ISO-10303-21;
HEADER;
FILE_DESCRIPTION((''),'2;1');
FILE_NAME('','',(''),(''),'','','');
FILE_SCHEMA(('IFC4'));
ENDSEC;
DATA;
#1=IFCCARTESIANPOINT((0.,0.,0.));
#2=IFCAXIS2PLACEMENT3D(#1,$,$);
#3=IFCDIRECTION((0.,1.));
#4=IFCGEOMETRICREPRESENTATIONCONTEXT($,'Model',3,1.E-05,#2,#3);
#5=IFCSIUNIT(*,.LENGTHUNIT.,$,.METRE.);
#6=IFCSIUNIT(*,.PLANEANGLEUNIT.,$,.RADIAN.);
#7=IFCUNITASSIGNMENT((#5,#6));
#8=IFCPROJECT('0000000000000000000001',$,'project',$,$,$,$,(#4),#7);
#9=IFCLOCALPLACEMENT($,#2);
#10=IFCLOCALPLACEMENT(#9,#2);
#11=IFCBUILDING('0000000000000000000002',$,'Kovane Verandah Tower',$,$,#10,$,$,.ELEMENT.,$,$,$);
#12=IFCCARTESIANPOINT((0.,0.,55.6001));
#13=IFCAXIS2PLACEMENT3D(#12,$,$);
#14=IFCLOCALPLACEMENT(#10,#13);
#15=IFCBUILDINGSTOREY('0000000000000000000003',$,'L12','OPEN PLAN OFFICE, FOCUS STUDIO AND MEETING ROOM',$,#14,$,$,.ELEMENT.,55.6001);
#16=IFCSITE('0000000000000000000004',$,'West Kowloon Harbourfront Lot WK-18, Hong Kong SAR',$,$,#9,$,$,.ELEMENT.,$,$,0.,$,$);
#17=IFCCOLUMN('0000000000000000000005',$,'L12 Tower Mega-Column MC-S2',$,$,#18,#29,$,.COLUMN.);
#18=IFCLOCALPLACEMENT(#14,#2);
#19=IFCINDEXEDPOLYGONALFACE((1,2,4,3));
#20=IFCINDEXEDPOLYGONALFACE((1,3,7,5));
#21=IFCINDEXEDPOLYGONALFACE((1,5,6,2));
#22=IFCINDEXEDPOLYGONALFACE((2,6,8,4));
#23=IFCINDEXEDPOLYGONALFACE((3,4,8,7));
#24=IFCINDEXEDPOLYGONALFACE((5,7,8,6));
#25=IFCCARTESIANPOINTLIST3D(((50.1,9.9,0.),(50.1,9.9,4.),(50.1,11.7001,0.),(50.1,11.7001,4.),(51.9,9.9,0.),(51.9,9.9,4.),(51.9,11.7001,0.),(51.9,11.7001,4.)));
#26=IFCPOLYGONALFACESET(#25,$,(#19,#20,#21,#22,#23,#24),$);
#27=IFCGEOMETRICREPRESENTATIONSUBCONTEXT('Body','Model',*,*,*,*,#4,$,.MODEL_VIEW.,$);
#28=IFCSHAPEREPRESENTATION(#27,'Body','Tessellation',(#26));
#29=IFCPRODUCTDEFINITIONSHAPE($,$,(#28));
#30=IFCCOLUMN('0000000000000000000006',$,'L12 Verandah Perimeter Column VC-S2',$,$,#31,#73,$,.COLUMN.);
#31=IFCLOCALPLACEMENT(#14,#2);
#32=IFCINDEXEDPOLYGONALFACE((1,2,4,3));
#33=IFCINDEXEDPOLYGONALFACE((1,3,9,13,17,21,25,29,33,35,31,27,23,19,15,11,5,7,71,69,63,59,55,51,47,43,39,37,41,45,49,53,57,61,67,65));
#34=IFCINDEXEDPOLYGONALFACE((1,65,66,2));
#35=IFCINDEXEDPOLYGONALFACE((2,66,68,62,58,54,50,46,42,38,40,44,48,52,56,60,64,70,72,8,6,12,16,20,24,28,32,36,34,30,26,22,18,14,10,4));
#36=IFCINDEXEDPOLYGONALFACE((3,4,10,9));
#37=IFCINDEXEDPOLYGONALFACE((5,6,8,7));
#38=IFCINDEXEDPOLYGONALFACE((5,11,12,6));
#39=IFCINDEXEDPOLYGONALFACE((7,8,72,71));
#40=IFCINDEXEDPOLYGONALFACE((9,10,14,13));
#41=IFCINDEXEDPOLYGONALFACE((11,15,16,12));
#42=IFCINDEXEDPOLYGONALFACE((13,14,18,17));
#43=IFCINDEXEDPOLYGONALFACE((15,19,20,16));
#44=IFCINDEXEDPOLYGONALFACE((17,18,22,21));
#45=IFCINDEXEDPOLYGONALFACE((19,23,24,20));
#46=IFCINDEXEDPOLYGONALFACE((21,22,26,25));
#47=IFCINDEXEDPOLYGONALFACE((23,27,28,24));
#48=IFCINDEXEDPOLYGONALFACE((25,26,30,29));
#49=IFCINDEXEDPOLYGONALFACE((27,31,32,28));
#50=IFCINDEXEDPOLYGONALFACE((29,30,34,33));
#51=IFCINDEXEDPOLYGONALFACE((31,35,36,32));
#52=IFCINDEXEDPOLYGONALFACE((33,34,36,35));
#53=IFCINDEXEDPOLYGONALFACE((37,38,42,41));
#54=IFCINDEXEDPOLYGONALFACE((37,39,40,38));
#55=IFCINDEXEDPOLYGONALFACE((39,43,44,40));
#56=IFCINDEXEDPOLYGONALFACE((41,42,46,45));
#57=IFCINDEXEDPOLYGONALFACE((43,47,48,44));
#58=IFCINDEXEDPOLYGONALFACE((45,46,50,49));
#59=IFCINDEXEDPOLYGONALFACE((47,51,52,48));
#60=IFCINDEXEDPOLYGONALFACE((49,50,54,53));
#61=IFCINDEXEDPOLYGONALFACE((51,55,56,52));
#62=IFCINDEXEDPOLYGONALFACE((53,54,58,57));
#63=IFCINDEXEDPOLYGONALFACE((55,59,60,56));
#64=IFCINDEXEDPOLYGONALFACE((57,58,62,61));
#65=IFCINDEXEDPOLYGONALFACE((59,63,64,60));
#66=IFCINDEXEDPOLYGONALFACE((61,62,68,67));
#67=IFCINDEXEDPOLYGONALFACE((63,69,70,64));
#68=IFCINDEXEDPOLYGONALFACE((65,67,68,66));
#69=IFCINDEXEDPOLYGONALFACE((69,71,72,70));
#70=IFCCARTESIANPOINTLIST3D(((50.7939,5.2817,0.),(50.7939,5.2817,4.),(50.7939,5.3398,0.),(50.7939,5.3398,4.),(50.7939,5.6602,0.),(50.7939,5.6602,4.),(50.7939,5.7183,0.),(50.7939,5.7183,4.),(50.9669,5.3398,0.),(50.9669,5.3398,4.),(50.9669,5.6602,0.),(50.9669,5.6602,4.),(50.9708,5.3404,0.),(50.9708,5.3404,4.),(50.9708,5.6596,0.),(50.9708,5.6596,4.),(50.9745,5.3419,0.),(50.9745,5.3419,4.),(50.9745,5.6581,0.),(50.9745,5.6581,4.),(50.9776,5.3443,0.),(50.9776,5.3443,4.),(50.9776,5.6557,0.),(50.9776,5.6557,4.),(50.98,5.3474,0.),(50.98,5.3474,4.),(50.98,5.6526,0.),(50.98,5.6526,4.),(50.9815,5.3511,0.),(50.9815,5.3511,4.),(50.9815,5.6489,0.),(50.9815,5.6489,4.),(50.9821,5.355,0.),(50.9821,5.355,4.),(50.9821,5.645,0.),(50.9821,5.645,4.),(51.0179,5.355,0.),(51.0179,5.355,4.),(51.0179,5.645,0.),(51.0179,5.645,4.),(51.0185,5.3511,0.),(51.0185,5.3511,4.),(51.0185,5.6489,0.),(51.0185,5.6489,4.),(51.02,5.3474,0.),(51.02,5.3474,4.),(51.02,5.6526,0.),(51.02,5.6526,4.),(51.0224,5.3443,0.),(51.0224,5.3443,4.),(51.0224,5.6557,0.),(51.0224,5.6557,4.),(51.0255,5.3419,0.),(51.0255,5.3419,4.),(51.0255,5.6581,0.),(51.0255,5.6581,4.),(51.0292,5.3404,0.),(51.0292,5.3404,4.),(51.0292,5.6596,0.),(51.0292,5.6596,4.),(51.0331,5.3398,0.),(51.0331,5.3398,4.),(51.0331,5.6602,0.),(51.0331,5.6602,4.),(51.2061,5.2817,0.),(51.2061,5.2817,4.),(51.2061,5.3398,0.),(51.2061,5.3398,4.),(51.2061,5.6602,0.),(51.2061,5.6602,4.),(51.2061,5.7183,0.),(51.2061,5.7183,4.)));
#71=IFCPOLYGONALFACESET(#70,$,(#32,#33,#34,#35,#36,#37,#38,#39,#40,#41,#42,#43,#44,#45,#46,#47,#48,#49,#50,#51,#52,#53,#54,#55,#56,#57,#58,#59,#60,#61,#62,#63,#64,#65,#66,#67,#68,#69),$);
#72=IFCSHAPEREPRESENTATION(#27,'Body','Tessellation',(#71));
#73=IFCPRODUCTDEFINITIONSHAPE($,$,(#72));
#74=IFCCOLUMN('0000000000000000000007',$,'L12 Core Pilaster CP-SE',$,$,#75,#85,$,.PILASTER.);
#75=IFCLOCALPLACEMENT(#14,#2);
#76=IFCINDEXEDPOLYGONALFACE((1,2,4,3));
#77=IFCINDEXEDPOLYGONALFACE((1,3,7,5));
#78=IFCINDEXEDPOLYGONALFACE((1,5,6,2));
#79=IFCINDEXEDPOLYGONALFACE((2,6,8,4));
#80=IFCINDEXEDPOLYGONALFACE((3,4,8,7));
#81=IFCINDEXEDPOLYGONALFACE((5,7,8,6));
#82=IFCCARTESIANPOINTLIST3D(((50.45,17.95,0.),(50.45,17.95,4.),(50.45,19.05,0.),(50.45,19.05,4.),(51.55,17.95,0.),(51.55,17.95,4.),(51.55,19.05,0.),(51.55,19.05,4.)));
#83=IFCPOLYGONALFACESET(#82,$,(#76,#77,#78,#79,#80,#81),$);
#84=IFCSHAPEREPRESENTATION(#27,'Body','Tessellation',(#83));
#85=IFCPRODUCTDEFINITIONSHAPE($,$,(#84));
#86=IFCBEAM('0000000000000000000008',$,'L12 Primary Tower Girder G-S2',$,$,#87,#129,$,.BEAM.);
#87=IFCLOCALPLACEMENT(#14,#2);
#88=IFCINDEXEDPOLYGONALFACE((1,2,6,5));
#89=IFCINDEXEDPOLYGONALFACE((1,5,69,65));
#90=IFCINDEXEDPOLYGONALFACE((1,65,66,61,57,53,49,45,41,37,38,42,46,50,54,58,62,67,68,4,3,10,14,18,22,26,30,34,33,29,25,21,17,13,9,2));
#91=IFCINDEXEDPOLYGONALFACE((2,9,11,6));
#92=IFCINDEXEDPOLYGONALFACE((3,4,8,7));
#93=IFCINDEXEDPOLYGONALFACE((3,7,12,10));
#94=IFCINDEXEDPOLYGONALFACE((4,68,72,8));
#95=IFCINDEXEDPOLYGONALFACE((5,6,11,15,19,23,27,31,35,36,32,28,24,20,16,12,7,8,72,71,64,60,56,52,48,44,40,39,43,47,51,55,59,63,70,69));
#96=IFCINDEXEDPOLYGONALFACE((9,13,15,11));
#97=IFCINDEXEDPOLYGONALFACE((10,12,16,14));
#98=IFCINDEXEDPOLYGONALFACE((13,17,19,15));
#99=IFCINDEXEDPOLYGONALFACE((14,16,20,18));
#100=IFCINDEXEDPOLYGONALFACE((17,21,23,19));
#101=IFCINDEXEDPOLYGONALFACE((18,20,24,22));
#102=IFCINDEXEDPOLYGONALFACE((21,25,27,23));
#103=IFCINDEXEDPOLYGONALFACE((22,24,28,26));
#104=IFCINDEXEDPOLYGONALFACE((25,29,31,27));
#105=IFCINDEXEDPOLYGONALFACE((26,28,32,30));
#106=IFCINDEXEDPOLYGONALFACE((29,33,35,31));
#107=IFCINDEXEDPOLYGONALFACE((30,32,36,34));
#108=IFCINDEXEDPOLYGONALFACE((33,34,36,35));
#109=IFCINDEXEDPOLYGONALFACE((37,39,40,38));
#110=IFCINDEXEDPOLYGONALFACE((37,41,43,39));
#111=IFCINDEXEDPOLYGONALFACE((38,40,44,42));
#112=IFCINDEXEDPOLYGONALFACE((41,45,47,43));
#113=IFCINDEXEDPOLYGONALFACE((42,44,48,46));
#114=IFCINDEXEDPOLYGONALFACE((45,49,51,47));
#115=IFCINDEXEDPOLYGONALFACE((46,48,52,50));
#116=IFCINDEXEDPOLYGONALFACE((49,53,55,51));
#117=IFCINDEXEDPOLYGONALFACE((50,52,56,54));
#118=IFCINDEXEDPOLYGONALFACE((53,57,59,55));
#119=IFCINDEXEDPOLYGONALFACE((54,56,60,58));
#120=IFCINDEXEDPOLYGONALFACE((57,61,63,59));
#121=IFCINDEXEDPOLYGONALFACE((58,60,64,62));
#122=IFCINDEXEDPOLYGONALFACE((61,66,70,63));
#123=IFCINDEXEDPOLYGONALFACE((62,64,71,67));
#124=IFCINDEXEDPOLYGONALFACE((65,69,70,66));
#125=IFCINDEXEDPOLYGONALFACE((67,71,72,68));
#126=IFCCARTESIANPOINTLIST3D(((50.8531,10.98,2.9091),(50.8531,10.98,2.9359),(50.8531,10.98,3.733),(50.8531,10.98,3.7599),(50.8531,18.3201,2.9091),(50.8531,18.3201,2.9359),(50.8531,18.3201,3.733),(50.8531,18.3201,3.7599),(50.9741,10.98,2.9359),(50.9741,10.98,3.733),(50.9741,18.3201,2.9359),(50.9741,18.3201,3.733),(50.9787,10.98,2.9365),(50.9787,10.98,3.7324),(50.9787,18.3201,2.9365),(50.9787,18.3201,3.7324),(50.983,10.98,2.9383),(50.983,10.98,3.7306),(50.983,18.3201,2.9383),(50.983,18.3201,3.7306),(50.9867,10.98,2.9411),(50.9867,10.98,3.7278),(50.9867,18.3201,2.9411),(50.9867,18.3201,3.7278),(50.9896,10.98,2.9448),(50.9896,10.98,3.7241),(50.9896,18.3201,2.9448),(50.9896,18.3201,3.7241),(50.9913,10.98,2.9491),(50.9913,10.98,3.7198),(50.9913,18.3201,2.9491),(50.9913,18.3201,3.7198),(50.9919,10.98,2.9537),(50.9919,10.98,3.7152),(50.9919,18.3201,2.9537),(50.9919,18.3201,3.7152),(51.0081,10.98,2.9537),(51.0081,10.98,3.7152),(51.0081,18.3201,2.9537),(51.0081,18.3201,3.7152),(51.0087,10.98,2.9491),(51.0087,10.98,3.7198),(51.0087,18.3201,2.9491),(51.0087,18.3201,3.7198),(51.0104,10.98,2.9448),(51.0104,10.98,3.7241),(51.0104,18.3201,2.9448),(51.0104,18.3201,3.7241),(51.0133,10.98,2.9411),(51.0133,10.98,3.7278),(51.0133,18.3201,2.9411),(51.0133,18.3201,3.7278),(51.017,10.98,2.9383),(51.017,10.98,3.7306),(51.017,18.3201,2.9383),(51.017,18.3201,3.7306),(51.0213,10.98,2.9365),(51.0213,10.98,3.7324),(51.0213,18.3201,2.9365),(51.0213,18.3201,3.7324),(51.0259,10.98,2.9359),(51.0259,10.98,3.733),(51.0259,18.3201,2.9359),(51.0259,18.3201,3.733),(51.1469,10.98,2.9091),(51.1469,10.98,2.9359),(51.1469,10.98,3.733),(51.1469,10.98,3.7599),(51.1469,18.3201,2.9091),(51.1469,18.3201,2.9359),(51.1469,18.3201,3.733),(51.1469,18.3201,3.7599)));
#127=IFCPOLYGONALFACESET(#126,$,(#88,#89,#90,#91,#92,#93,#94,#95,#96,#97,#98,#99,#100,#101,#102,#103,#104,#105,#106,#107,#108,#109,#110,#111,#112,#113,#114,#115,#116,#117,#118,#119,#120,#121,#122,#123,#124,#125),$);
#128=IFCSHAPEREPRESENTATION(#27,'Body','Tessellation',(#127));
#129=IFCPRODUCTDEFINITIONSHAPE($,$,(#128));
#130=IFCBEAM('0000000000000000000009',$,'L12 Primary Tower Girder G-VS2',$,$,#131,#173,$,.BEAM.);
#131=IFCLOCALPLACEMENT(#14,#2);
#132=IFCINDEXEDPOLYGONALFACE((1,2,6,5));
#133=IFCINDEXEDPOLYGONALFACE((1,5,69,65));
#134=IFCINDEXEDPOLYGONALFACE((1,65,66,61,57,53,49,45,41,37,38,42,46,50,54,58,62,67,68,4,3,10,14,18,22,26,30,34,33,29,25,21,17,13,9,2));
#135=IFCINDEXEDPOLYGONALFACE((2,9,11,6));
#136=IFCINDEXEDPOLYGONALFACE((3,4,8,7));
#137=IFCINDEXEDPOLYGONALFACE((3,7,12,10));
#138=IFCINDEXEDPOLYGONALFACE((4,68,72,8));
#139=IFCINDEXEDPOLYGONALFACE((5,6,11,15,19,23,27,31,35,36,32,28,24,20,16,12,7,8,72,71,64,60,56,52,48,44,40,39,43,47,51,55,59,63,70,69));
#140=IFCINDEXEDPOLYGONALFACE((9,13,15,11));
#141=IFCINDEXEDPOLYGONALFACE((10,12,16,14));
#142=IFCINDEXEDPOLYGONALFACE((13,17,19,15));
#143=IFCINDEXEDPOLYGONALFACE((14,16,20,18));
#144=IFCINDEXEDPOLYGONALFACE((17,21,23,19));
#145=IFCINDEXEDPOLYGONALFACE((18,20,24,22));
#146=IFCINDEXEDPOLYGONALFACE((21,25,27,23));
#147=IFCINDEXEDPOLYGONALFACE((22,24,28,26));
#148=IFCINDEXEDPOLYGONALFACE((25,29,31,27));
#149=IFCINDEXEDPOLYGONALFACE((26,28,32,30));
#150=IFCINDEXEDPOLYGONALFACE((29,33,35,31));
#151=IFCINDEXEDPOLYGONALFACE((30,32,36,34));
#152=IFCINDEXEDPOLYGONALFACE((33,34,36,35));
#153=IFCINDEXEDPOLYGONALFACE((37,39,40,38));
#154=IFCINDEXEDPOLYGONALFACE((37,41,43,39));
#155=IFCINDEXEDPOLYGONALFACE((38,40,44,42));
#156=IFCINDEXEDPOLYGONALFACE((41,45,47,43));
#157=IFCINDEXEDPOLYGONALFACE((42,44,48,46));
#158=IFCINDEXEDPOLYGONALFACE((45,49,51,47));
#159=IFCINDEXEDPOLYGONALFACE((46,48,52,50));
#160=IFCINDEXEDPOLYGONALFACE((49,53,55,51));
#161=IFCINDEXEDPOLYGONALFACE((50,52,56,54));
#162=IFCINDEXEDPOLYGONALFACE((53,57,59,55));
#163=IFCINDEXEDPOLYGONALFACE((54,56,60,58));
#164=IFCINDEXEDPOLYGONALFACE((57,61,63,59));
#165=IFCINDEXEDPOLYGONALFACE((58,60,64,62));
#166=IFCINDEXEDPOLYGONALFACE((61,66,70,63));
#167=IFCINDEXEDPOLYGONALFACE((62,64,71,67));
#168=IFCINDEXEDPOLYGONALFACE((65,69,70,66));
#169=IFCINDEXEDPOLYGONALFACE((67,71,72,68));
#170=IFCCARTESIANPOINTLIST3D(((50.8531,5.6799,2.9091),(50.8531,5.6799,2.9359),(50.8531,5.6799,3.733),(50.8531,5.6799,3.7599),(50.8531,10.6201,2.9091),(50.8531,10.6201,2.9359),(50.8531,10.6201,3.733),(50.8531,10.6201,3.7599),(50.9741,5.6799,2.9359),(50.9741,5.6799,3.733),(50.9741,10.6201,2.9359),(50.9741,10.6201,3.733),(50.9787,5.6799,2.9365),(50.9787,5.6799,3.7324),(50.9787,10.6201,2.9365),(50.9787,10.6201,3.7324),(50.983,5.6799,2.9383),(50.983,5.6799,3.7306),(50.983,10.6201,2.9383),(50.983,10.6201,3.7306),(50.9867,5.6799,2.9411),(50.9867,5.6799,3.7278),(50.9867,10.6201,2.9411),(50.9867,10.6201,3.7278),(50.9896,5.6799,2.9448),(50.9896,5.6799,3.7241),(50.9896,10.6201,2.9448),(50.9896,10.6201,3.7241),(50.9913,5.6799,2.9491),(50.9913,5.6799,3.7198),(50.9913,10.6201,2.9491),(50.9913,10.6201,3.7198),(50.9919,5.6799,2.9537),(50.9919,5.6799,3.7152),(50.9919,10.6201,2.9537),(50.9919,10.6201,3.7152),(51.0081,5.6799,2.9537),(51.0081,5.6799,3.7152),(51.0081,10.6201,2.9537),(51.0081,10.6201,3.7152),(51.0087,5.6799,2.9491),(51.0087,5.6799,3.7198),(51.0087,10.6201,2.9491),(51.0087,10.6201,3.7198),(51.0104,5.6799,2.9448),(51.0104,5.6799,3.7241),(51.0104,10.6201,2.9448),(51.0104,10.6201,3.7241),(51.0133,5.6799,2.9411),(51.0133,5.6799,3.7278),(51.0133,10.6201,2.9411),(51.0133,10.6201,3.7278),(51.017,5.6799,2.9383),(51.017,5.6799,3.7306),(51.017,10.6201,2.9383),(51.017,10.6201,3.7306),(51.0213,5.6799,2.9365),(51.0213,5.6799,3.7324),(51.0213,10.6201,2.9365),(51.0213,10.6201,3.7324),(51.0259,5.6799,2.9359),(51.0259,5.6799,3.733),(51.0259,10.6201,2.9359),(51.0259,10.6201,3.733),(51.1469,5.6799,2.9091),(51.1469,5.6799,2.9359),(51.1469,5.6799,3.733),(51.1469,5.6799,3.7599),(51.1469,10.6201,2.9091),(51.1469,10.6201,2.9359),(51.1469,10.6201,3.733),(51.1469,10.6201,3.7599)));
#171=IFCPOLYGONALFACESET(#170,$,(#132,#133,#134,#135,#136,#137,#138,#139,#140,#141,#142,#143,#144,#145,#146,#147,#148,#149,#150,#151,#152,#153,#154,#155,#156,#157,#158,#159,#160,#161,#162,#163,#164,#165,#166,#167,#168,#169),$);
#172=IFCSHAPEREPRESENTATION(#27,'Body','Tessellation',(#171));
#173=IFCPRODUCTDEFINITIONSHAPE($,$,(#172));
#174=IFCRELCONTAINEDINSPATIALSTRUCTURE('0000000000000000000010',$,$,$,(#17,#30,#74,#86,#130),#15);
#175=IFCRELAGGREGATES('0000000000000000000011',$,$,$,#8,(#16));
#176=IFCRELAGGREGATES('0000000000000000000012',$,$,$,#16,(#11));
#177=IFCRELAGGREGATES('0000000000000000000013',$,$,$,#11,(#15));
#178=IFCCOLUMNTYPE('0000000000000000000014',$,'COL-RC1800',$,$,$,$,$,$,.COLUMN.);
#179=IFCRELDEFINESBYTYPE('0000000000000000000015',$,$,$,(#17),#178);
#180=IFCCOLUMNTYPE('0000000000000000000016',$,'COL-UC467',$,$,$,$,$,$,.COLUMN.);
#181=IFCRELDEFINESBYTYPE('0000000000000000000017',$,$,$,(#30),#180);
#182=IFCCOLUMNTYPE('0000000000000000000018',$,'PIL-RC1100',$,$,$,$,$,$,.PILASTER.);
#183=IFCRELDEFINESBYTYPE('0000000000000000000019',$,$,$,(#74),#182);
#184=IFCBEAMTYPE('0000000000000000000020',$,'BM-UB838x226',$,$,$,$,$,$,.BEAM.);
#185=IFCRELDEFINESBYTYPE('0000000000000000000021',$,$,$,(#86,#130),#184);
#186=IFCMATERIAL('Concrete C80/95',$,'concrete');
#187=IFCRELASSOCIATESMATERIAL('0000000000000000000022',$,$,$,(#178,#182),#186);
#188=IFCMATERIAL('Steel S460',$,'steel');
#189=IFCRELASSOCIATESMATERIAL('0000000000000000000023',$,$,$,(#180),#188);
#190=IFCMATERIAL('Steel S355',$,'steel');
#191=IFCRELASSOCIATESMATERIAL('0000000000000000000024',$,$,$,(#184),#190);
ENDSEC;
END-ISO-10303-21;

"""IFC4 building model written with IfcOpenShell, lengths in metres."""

from ifc_helpers import new_model, si_unit, direction, frame, origin, origin_2d, place, context, subcontext, project, spatial, rectangle, i_section, extrude, material, material_profile, profile_set, type_object, element, save


model = new_model("IFC4")

# Units and contexts
model_context = context("Model", 3, precision=1e-05, world=origin(), true_north=direction((0.0, 1.0)))
body_context = subcontext(model_context, "Body", "Model", "MODEL_VIEW")
ifc_project = project(units=[si_unit("LENGTHUNIT", "METRE"), si_unit("PLANEANGLEUNIT", "RADIAN")], contexts=[model_context])

# Site, building, storey
site_placement = place(None, origin())
site = spatial("IfcSite", under=ifc_project, at=site_placement, Name="West Kowloon Harbourfront Lot WK-18, Hong Kong SAR", CompositionType="ELEMENT", RefElevation=0.0)
building_placement = place(site_placement, origin())
building = spatial("IfcBuilding", under=site, at=building_placement, Name="Kovane Verandah Tower", CompositionType="ELEMENT")
storey_placement = place(building_placement, frame((0.0, 0.0, 55.6001)))
storey = spatial("IfcBuildingStorey", under=building, at=storey_placement, Name="L12", Description="OPEN PLAN OFFICE, FOCUS STUDIO AND MEETING ROOM", CompositionType="ELEMENT", Elevation=55.6001)

# Columns
ifc_material_1 = material(Name="Concrete C80/95", Category="concrete")
ifc_material_profile_1 = material_profile(ifc_material_1, rectangle(XDim=1.8, YDim=1.8, at=origin_2d()), Name="RC1800x1800")
ifc_profile_set_1 = profile_set([ifc_material_profile_1], Name="Concrete C80/95")
column_type_1 = type_object("IfcColumnType", Name="COL-RC1800", PredefinedType="COLUMN", material=ifc_profile_set_1)
column_1_placement = place(storey_placement, frame((51.0, 10.8, 0.0), z_axis=(0.0, 0.0, 1.0), x_axis=(1.0, 0.0, 0.0)))
element("IfcColumn", 1, at=column_1_placement, inside=storey, type_object=column_type_1, Name="L12 Tower Mega-Column MC-S2", PredefinedType="COLUMN", context=body_context, shape_type="SweptSolid", body=[
    extrude(rectangle(XDim=1.8, YDim=1.8, at=origin_2d()), origin(), (0.0, 0.0, 1.0), 4.0),
])
ifc_material_2 = material(Name="Steel S460", Category="steel")
ifc_material_profile_2 = material_profile(ifc_material_2, i_section(OverallWidth=0.4121, OverallDepth=0.4365, WebThickness=0.0359, FlangeThickness=0.0581, FilletRadius=0.0151, at=origin_2d()), Name="UC356x406x467")
ifc_profile_set_2 = profile_set([ifc_material_profile_2], Name="Steel S460")
column_type_2 = type_object("IfcColumnType", Name="COL-UC467", PredefinedType="COLUMN", material=ifc_profile_set_2)
column_2_placement = place(storey_placement, frame((51.0, 5.5, 0.0), z_axis=(0.0, 0.0, 1.0), x_axis=(1.0, 0.0, 0.0)))
element("IfcColumn", 2, at=column_2_placement, inside=storey, type_object=column_type_2, Name="L12 Verandah Perimeter Column VC-S2", PredefinedType="COLUMN", context=body_context, shape_type="SweptSolid", body=[
    extrude(i_section(OverallWidth=0.4121, OverallDepth=0.4365, WebThickness=0.0359, FlangeThickness=0.0581, FilletRadius=0.0151, at=origin_2d()), origin(), (0.0, 0.0, 1.0), 4.0),
])
ifc_material_profile_3 = material_profile(ifc_material_1, rectangle(XDim=1.1001, YDim=1.1001, at=origin_2d()), Name="RC1100x1100")
ifc_profile_set_3 = profile_set([ifc_material_profile_3], Name="Concrete C80/95")
column_type_3 = type_object("IfcColumnType", Name="PIL-RC1100", PredefinedType="PILASTER", material=ifc_profile_set_3)
column_3_placement = place(storey_placement, frame((51.0, 18.5, 0.0), z_axis=(0.0, 0.0, 1.0), x_axis=(1.0, 0.0, 0.0)))
element("IfcColumn", 3, at=column_3_placement, inside=storey, type_object=column_type_3, Name="L12 Core Pilaster CP-SE", PredefinedType="PILASTER", context=body_context, shape_type="SweptSolid", body=[
    extrude(rectangle(XDim=1.1001, YDim=1.1001, at=origin_2d()), origin(), (0.0, 0.0, 1.0), 4.0),
])

# Beams
ifc_material_3 = material(Name="Steel S355", Category="steel")
ifc_material_profile_4 = material_profile(ifc_material_3, i_section(OverallWidth=0.2937, OverallDepth=0.8508, WebThickness=0.0161, FlangeThickness=0.0269, FilletRadius=0.0178, at=origin_2d()), Name="UB838x292x226")
ifc_profile_set_4 = profile_set([ifc_material_profile_4], Name="Steel S355")
beam_type_1 = type_object("IfcBeamType", Name="BM-UB838x226", PredefinedType="BEAM", material=ifc_profile_set_4)
beam_1_placement = place(storey_placement, frame((51.0, 18.3201, 3.3345), z_axis=(0.0, -1.0, 0.0), x_axis=(1.0, 0.0, 0.0)))
element("IfcBeam", 4, at=beam_1_placement, inside=storey, type_object=beam_type_1, Name="L12 Primary Tower Girder G-S2", PredefinedType="BEAM", context=body_context, shape_type="SweptSolid", body=[
    extrude(i_section(OverallWidth=0.2937, OverallDepth=0.8508, WebThickness=0.0161, FlangeThickness=0.0269, FilletRadius=0.0178, at=origin_2d()), origin(), (0.0, 0.0, 1.0), 7.3401),
])
beam_2_placement = place(storey_placement, frame((51.0, 10.6201, 3.3345), z_axis=(0.0, -1.0, 0.0), x_axis=(1.0, 0.0, 0.0)))
element("IfcBeam", 5, at=beam_2_placement, inside=storey, type_object=beam_type_1, Name="L12 Primary Tower Girder G-VS2", PredefinedType="BEAM", context=body_context, shape_type="SweptSolid", body=[
    extrude(i_section(OverallWidth=0.2937, OverallDepth=0.8508, WebThickness=0.0161, FlangeThickness=0.0269, FilletRadius=0.0178, at=origin_2d()), origin(), (0.0, 0.0, 1.0), 4.9402),
])

save(model, "model.ifc")
